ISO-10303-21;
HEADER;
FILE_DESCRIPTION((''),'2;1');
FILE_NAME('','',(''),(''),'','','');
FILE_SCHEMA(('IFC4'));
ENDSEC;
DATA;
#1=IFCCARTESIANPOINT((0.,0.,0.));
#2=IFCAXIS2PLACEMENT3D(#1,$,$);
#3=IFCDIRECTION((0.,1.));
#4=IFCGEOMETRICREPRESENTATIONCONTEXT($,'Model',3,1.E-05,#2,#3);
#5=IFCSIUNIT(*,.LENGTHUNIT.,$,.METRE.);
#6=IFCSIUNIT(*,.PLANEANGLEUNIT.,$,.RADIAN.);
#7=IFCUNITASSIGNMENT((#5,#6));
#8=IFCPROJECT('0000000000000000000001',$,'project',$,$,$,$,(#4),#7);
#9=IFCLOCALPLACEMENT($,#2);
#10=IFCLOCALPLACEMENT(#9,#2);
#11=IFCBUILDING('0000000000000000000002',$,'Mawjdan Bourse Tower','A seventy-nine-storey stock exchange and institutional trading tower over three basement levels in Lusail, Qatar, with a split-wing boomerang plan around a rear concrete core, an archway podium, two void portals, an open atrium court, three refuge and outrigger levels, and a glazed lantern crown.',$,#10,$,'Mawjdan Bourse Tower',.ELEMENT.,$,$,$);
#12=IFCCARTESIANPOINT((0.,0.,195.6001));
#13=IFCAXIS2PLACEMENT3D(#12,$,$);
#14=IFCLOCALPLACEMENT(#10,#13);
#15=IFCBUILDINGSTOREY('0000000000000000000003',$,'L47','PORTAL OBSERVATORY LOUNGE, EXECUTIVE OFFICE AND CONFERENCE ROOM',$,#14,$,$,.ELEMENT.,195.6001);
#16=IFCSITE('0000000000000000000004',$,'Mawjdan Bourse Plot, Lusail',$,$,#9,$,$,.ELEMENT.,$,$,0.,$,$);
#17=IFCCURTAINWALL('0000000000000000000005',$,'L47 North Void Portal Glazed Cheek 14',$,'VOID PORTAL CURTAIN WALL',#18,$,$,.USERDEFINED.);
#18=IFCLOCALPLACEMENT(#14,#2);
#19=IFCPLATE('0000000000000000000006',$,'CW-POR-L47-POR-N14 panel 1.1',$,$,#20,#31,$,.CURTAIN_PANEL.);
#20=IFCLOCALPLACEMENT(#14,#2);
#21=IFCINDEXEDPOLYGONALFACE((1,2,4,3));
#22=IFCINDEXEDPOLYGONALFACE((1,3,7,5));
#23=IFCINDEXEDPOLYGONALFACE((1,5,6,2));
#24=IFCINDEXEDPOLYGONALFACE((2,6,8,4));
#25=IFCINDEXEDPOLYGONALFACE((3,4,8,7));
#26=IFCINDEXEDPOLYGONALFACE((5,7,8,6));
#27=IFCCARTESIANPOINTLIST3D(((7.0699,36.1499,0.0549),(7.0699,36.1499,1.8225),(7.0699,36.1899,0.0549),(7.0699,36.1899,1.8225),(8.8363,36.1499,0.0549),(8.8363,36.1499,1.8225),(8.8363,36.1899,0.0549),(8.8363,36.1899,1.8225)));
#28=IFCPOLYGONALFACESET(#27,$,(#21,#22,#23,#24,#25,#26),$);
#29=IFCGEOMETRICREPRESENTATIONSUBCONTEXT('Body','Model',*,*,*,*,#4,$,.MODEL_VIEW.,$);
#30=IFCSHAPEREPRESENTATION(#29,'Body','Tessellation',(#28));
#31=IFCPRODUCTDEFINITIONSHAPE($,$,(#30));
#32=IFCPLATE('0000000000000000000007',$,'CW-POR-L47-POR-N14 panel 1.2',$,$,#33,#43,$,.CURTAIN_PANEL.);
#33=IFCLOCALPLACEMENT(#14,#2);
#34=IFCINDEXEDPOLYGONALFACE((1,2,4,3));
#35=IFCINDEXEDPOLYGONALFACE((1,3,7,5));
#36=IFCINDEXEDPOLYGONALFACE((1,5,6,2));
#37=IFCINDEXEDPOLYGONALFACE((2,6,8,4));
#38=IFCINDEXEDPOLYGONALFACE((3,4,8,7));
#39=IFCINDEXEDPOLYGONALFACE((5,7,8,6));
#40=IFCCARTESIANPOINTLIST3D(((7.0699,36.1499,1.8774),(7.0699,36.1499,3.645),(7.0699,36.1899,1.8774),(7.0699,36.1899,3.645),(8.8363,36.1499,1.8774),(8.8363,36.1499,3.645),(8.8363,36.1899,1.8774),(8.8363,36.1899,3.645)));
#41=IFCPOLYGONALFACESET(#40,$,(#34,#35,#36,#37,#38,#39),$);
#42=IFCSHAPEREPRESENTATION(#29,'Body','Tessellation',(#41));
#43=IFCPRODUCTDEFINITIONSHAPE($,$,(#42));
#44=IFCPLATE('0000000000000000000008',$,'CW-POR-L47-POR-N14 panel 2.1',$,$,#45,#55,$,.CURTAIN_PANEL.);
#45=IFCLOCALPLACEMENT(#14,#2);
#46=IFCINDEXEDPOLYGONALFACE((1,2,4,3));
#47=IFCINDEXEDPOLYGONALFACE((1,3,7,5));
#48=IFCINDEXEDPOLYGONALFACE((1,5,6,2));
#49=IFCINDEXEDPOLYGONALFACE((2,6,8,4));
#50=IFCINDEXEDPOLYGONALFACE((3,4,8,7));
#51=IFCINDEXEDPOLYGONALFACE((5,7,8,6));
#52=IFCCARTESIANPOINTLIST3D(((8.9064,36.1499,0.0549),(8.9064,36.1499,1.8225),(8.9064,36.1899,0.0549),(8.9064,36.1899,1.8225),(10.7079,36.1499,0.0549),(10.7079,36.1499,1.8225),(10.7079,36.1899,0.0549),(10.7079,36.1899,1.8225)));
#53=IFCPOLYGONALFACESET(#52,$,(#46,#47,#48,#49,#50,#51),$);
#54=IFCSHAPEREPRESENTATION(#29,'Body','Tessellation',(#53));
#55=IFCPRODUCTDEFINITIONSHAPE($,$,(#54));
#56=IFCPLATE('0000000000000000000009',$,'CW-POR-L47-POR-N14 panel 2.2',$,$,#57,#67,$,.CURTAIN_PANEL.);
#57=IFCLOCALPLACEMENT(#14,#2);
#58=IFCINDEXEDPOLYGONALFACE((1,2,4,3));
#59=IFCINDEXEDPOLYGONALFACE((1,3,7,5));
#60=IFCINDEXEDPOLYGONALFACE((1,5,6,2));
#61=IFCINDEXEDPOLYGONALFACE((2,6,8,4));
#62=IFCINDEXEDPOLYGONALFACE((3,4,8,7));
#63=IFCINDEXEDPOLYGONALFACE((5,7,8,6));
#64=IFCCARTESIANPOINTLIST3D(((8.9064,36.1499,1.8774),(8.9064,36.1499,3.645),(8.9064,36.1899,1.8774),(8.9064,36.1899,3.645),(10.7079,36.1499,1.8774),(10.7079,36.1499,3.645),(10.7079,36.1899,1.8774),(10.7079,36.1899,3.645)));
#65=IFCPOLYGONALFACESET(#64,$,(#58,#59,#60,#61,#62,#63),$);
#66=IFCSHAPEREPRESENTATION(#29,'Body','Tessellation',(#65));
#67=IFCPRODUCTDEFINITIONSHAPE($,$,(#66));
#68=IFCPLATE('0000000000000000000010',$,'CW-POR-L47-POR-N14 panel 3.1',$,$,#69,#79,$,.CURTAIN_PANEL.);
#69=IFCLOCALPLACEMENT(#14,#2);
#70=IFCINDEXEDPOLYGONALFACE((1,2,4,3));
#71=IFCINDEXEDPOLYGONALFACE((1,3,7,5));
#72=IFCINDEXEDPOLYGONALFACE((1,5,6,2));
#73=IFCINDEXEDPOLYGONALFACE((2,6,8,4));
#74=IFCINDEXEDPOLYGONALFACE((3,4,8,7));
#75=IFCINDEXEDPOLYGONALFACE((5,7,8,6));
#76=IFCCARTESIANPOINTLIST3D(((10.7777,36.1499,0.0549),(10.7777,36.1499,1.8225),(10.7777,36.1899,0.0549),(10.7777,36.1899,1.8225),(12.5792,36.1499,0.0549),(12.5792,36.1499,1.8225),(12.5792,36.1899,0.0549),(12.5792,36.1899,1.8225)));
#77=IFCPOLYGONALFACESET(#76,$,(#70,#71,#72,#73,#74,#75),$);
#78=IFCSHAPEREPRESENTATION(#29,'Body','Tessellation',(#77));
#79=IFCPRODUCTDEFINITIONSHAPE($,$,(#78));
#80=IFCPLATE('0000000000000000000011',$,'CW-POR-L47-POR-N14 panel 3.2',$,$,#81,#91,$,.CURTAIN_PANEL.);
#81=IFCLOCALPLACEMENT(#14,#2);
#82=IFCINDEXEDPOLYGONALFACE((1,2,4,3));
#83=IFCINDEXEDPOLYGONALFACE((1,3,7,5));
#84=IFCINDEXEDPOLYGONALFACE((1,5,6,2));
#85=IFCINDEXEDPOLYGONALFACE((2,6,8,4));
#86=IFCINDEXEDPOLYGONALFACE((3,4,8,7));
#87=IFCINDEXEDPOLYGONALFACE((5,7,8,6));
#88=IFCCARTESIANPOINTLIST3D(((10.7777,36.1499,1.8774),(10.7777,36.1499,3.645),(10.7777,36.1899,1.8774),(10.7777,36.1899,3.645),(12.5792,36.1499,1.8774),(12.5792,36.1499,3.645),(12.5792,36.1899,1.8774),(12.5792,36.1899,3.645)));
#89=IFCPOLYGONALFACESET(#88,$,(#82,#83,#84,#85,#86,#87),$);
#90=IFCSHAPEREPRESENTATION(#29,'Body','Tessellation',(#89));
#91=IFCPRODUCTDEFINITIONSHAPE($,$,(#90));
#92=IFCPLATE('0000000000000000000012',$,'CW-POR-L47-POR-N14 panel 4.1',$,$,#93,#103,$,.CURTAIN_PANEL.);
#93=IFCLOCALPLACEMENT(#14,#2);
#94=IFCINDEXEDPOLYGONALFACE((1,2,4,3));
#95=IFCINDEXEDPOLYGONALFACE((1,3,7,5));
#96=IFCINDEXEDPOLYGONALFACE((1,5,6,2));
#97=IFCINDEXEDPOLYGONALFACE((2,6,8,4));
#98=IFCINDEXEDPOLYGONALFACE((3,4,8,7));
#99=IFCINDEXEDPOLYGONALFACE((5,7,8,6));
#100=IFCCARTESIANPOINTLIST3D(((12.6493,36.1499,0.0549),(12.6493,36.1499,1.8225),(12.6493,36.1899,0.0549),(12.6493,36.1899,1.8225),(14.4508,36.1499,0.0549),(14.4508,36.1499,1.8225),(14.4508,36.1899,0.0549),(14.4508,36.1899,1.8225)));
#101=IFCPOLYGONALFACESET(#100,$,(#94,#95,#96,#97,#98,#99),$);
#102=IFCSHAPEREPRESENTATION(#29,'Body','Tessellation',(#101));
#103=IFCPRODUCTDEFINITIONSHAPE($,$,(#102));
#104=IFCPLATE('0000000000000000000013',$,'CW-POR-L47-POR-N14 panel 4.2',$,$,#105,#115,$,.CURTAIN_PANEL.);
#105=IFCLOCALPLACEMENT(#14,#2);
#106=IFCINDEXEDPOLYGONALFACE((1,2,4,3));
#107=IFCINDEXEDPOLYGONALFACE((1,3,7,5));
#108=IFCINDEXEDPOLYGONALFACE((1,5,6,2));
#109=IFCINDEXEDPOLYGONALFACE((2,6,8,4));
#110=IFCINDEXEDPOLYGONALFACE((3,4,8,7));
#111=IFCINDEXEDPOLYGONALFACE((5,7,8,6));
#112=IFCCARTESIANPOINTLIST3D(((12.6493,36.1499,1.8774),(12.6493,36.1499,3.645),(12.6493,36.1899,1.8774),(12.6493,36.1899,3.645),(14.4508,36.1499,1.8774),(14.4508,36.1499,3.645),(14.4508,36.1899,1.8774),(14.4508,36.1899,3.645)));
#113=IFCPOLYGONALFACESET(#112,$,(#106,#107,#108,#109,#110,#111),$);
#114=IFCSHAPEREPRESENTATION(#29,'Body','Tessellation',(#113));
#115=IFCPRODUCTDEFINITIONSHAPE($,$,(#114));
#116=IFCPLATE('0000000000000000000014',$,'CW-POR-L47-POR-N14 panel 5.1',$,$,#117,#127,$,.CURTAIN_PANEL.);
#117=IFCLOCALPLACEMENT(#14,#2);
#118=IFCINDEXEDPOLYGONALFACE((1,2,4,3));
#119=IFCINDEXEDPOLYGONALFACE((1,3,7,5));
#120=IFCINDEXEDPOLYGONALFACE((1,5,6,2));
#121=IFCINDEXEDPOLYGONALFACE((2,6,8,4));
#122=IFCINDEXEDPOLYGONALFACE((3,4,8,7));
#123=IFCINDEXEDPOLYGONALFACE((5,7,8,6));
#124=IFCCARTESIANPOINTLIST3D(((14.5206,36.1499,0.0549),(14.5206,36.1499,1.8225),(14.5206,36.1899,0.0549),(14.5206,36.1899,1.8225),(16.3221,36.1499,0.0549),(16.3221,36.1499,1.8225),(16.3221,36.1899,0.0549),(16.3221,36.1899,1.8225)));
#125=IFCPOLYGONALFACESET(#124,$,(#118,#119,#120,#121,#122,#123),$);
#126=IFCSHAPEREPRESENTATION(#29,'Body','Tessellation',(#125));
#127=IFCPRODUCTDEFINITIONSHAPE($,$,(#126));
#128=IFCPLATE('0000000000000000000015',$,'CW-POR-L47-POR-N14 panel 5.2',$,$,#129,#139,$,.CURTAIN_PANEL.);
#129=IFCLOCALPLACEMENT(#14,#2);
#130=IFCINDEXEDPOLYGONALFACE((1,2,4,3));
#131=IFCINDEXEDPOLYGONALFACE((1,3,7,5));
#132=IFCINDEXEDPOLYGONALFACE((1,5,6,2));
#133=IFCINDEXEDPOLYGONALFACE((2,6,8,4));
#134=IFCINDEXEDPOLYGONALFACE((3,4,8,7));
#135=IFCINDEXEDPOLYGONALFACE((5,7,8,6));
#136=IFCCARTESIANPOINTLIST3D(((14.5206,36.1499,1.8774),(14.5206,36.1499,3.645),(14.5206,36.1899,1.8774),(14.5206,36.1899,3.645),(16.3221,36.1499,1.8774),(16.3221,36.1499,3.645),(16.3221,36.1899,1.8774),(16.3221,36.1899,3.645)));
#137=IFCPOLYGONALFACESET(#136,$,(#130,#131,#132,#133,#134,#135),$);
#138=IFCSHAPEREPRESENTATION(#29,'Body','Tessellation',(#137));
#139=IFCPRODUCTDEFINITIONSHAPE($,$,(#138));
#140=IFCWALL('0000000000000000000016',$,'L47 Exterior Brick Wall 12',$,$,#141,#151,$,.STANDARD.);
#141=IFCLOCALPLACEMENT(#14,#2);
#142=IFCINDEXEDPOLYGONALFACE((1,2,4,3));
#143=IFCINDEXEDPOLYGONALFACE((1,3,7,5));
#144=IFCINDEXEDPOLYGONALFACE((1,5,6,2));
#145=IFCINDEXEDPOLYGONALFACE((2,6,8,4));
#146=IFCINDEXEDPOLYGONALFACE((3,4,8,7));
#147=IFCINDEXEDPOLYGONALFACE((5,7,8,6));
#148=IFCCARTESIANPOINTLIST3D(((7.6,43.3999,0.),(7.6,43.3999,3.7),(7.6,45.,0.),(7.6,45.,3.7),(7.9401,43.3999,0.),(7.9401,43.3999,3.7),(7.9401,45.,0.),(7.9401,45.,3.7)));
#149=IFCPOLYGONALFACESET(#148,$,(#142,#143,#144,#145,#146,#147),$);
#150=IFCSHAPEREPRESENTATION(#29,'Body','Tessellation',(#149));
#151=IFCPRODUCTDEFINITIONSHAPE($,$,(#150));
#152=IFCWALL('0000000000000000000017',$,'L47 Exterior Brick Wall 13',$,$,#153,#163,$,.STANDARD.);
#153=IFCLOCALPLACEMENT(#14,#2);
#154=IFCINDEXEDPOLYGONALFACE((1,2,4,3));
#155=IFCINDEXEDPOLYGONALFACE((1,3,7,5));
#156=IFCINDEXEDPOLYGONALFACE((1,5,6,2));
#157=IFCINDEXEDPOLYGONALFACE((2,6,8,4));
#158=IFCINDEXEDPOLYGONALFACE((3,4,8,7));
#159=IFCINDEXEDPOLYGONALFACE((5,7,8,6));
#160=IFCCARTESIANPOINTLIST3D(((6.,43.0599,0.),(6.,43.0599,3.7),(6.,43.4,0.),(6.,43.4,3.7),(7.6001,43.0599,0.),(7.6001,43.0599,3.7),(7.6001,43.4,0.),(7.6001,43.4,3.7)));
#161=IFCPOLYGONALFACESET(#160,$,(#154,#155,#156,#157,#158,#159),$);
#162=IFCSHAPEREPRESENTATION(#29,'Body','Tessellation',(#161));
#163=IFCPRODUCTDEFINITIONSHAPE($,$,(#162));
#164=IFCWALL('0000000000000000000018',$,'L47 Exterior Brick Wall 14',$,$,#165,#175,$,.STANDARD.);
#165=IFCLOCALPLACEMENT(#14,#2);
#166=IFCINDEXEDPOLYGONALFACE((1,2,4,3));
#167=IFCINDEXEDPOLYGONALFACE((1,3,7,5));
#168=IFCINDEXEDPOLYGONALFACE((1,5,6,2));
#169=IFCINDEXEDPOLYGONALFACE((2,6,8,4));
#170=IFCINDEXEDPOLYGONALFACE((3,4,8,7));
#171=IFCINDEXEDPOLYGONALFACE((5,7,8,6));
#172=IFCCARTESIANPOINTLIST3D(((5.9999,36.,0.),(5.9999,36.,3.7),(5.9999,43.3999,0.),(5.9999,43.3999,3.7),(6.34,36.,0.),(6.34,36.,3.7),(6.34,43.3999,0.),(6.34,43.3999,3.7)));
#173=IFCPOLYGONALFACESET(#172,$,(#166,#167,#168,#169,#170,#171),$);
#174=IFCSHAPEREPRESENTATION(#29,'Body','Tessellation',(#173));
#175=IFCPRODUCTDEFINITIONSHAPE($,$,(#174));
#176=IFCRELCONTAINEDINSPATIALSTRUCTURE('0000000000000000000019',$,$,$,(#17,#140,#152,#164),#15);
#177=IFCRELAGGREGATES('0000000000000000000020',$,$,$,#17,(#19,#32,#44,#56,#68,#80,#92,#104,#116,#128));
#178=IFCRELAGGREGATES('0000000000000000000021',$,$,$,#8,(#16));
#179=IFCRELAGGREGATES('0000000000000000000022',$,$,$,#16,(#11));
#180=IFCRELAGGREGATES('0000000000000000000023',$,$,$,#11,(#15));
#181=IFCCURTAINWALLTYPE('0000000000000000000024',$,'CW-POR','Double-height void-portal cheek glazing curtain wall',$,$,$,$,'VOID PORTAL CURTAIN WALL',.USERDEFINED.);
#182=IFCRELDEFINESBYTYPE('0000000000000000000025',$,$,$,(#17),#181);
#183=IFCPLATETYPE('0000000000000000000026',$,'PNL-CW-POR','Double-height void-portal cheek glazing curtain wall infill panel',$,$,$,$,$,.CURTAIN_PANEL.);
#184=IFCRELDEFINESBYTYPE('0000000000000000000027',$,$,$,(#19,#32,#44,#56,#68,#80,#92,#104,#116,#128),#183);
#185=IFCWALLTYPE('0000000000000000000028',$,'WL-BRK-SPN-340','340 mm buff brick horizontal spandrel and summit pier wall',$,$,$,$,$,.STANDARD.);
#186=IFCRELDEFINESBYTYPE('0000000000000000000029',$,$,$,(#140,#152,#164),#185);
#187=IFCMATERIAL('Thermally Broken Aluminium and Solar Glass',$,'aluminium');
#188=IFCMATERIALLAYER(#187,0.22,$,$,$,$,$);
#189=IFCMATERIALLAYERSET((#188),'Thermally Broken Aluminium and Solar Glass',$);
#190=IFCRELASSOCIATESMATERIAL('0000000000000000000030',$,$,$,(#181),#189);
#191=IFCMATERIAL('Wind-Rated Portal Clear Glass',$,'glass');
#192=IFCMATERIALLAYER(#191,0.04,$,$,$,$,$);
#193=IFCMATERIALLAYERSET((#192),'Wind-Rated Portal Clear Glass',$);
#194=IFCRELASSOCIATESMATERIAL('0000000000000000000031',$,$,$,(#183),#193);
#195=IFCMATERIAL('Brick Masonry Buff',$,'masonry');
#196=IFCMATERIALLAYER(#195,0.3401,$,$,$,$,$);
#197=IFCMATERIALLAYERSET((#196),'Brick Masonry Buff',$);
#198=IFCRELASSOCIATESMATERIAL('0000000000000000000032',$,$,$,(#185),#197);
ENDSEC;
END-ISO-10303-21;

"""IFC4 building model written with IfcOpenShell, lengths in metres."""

from ifc_helpers import new_model, si_unit, direction, frame, frame_2d, origin, origin_2d, place, context, subcontext, project, spatial, rectangle, extrude, material, layer, layer_set, type_object, element, aggregate, save


model = new_model("IFC4")

# Units and contexts
model_context = context("Model", 3, precision=1e-05, world=origin(), true_north=direction((0.0, 1.0)))
body_context = subcontext(model_context, "Body", "Model", "MODEL_VIEW")
ifc_project = project(units=[si_unit("LENGTHUNIT", "METRE"), si_unit("PLANEANGLEUNIT", "RADIAN")], contexts=[model_context])

# Site, building, storey
site_placement = place(None, origin())
site = spatial("IfcSite", under=ifc_project, at=site_placement, Name="Mawjdan Bourse Plot, Lusail", CompositionType="ELEMENT", RefElevation=0.0)
building_placement = place(site_placement, origin())
building = spatial("IfcBuilding", under=site, at=building_placement, Name="Mawjdan Bourse Tower", Description="A seventy-nine-storey stock exchange and institutional trading tower over three basement levels in Lusail, Qatar, with a split-wing boomerang plan around a rear concrete core, an archway podium, two void portals, an open atrium court, three refuge and outrigger levels, and a glazed lantern crown.", LongName="Mawjdan Bourse Tower", CompositionType="ELEMENT")
storey_placement = place(building_placement, frame((0.0, 0.0, 195.6001)))
storey = spatial("IfcBuildingStorey", under=building, at=storey_placement, Name="L47", Description="PORTAL OBSERVATORY LOUNGE, EXECUTIVE OFFICE AND CONFERENCE ROOM", CompositionType="ELEMENT", Elevation=195.6001)

# Curtain wall
ifc_material_1 = material(Name="Thermally Broken Aluminium and Solar Glass", Category="aluminium")
ifc_layer_1 = layer(ifc_material_1, 0.22)
ifc_layer_set_1 = layer_set([ifc_layer_1], Name="Thermally Broken Aluminium and Solar Glass")
curtain_wall_type = type_object("IfcCurtainWallType", Name="CW-POR", Description="Double-height void-portal cheek glazing curtain wall", ElementType="VOID PORTAL CURTAIN WALL", PredefinedType="USERDEFINED", material=ifc_layer_set_1)
curtain_wall_placement = place(storey_placement, origin())
curtain_wall = element("IfcCurtainWall", 1, at=curtain_wall_placement, inside=storey, type_object=curtain_wall_type, Name="L47 North Void Portal Glazed Cheek 14", ObjectType="VOID PORTAL CURTAIN WALL", PredefinedType="USERDEFINED")

# Plates
ifc_material_2 = material(Name="Wind-Rated Portal Clear Glass", Category="glass")
ifc_layer_2 = layer(ifc_material_2, 0.04)
ifc_layer_set_2 = layer_set([ifc_layer_2], Name="Wind-Rated Portal Clear Glass")
plate_type = type_object("IfcPlateType", Name="PNL-CW-POR", Description="Double-height void-portal cheek glazing curtain wall infill panel", PredefinedType="CURTAIN_PANEL", material=ifc_layer_set_2)
plate_1_placement = place(storey_placement, frame((7.9531, 36.1699, 0.0549), z_axis=(0.0, 0.0, 1.0), x_axis=(1.0, 0.0, 0.0)))
plate_1 = element("IfcPlate", 2, at=plate_1_placement, type_object=plate_type, Name="CW-POR-L47-POR-N14 panel 1.1", PredefinedType="CURTAIN_PANEL", context=body_context, shape_type="SweptSolid", body=[
    extrude(rectangle(XDim=1.7664, YDim=0.04, at=origin_2d()), origin(), (0.0, 0.0, 1.0), 1.7676),
])
plate_2_placement = place(storey_placement, frame((7.9531, 36.1699, 1.8774), z_axis=(0.0, 0.0, 1.0), x_axis=(1.0, 0.0, 0.0)))
plate_2 = element("IfcPlate", 3, at=plate_2_placement, type_object=plate_type, Name="CW-POR-L47-POR-N14 panel 1.2", PredefinedType="CURTAIN_PANEL", context=body_context, shape_type="SweptSolid", body=[
    extrude(rectangle(XDim=1.7664, YDim=0.04, at=origin_2d()), origin(), (0.0, 0.0, 1.0), 1.7676),
])
plate_3_placement = place(storey_placement, frame((9.8071, 36.1699, 0.0549), z_axis=(0.0, 0.0, 1.0), x_axis=(1.0, 0.0, 0.0)))
plate_3 = element("IfcPlate", 4, at=plate_3_placement, type_object=plate_type, Name="CW-POR-L47-POR-N14 panel 2.1", PredefinedType="CURTAIN_PANEL", context=body_context, shape_type="SweptSolid", body=[
    extrude(rectangle(XDim=1.8015, YDim=0.04, at=origin_2d()), origin(), (0.0, 0.0, 1.0), 1.7676),
])
plate_4_placement = place(storey_placement, frame((9.8071, 36.1699, 1.8774), z_axis=(0.0, 0.0, 1.0), x_axis=(1.0, 0.0, 0.0)))
plate_4 = element("IfcPlate", 5, at=plate_4_placement, type_object=plate_type, Name="CW-POR-L47-POR-N14 panel 2.2", PredefinedType="CURTAIN_PANEL", context=body_context, shape_type="SweptSolid", body=[
    extrude(rectangle(XDim=1.8015, YDim=0.04, at=origin_2d()), origin(), (0.0, 0.0, 1.0), 1.7676),
])
plate_5_placement = place(storey_placement, frame((11.6785, 36.1699, 0.0549), z_axis=(0.0, 0.0, 1.0), x_axis=(1.0, 0.0, 0.0)))
plate_5 = element("IfcPlate", 6, at=plate_5_placement, type_object=plate_type, Name="CW-POR-L47-POR-N14 panel 3.1", PredefinedType="CURTAIN_PANEL", context=body_context, shape_type="SweptSolid", body=[
    extrude(rectangle(XDim=1.8015, YDim=0.04, at=origin_2d()), origin(), (0.0, 0.0, 1.0), 1.7676),
])
plate_6_placement = place(storey_placement, frame((11.6785, 36.1699, 1.8774), z_axis=(0.0, 0.0, 1.0), x_axis=(1.0, 0.0, 0.0)))
plate_6 = element("IfcPlate", 7, at=plate_6_placement, type_object=plate_type, Name="CW-POR-L47-POR-N14 panel 3.2", PredefinedType="CURTAIN_PANEL", context=body_context, shape_type="SweptSolid", body=[
    extrude(rectangle(XDim=1.8015, YDim=0.04, at=origin_2d()), origin(), (0.0, 0.0, 1.0), 1.7676),
])
plate_7_placement = place(storey_placement, frame((13.55, 36.1699, 0.0549), z_axis=(0.0, 0.0, 1.0), x_axis=(1.0, 0.0, 0.0)))
plate_7 = element("IfcPlate", 8, at=plate_7_placement, type_object=plate_type, Name="CW-POR-L47-POR-N14 panel 4.1", PredefinedType="CURTAIN_PANEL", context=body_context, shape_type="SweptSolid", body=[
    extrude(rectangle(XDim=1.8015, YDim=0.04, at=origin_2d()), origin(), (0.0, 0.0, 1.0), 1.7676),
])
plate_8_placement = place(storey_placement, frame((13.55, 36.1699, 1.8774), z_axis=(0.0, 0.0, 1.0), x_axis=(1.0, 0.0, 0.0)))
plate_8 = element("IfcPlate", 9, at=plate_8_placement, type_object=plate_type, Name="CW-POR-L47-POR-N14 panel 4.2", PredefinedType="CURTAIN_PANEL", context=body_context, shape_type="SweptSolid", body=[
    extrude(rectangle(XDim=1.8015, YDim=0.04, at=origin_2d()), origin(), (0.0, 0.0, 1.0), 1.7676),
])
plate_9_placement = place(storey_placement, frame((15.4214, 36.1699, 0.0549), z_axis=(0.0, 0.0, 1.0), x_axis=(1.0, 0.0, 0.0)))
plate_9 = element("IfcPlate", 10, at=plate_9_placement, type_object=plate_type, Name="CW-POR-L47-POR-N14 panel 5.1", PredefinedType="CURTAIN_PANEL", context=body_context, shape_type="SweptSolid", body=[
    extrude(rectangle(XDim=1.8015, YDim=0.04, at=origin_2d()), origin(), (0.0, 0.0, 1.0), 1.7676),
])
plate_10_placement = place(storey_placement, frame((15.4214, 36.1699, 1.8774), z_axis=(0.0, 0.0, 1.0), x_axis=(1.0, 0.0, 0.0)))
plate_10 = element("IfcPlate", 11, at=plate_10_placement, type_object=plate_type, Name="CW-POR-L47-POR-N14 panel 5.2", PredefinedType="CURTAIN_PANEL", context=body_context, shape_type="SweptSolid", body=[
    extrude(rectangle(XDim=1.8015, YDim=0.04, at=origin_2d()), origin(), (0.0, 0.0, 1.0), 1.7676),
])
aggregate(curtain_wall, [plate_1, plate_2, plate_3, plate_4, plate_5, plate_6, plate_7, plate_8, plate_9, plate_10])

# Walls
ifc_material_3 = material(Name="Brick Masonry Buff", Category="masonry")
ifc_layer_3 = layer(ifc_material_3, 0.3401)
ifc_layer_set_3 = layer_set([ifc_layer_3], Name="Brick Masonry Buff")
wall_type_1 = type_object("IfcWallType", Name="WL-BRK-SPN-340", Description="340 mm buff brick horizontal spandrel and summit pier wall", PredefinedType="STANDARD", material=ifc_layer_set_3)
for number, where, z_axis, x_axis, name in (
    (12, (7.77, 45.0, 0.0), (0.0, 0.0, 1.0), (0.0, -1.0, 0.0), "L47 Exterior Brick Wall 12"),
    (13, (7.6001, 43.23, 0.0), (0.0, 0.0, 1.0), (-1.0, 0.0, 0.0), "L47 Exterior Brick Wall 13"),
):
    element("IfcWall", number, at=place(storey_placement, frame(where, z_axis=z_axis, x_axis=x_axis)), inside=storey, type_object=wall_type_1, Name=name, PredefinedType="STANDARD", context=body_context, shape_type="SweptSolid", body=[
        extrude(rectangle(XDim=1.6001, YDim=0.3401, at=frame_2d((0.8, 0.0))), origin(), (0.0, 0.0, 1.0), 3.7),
    ])
wall_1_placement = place(storey_placement, frame((6.1699, 43.3999, 0.0), z_axis=(0.0, 0.0, 1.0), x_axis=(0.0, -1.0, 0.0)))
element("IfcWall", 14, at=wall_1_placement, inside=storey, type_object=wall_type_1, Name="L47 Exterior Brick Wall 14", PredefinedType="STANDARD", context=body_context, shape_type="SweptSolid", body=[
    extrude(rectangle(XDim=7.3999, YDim=0.3401, at=frame_2d((3.7, 0.0))), origin(), (0.0, 0.0, 1.0), 3.7),
])

save(model, "model.ifc")
